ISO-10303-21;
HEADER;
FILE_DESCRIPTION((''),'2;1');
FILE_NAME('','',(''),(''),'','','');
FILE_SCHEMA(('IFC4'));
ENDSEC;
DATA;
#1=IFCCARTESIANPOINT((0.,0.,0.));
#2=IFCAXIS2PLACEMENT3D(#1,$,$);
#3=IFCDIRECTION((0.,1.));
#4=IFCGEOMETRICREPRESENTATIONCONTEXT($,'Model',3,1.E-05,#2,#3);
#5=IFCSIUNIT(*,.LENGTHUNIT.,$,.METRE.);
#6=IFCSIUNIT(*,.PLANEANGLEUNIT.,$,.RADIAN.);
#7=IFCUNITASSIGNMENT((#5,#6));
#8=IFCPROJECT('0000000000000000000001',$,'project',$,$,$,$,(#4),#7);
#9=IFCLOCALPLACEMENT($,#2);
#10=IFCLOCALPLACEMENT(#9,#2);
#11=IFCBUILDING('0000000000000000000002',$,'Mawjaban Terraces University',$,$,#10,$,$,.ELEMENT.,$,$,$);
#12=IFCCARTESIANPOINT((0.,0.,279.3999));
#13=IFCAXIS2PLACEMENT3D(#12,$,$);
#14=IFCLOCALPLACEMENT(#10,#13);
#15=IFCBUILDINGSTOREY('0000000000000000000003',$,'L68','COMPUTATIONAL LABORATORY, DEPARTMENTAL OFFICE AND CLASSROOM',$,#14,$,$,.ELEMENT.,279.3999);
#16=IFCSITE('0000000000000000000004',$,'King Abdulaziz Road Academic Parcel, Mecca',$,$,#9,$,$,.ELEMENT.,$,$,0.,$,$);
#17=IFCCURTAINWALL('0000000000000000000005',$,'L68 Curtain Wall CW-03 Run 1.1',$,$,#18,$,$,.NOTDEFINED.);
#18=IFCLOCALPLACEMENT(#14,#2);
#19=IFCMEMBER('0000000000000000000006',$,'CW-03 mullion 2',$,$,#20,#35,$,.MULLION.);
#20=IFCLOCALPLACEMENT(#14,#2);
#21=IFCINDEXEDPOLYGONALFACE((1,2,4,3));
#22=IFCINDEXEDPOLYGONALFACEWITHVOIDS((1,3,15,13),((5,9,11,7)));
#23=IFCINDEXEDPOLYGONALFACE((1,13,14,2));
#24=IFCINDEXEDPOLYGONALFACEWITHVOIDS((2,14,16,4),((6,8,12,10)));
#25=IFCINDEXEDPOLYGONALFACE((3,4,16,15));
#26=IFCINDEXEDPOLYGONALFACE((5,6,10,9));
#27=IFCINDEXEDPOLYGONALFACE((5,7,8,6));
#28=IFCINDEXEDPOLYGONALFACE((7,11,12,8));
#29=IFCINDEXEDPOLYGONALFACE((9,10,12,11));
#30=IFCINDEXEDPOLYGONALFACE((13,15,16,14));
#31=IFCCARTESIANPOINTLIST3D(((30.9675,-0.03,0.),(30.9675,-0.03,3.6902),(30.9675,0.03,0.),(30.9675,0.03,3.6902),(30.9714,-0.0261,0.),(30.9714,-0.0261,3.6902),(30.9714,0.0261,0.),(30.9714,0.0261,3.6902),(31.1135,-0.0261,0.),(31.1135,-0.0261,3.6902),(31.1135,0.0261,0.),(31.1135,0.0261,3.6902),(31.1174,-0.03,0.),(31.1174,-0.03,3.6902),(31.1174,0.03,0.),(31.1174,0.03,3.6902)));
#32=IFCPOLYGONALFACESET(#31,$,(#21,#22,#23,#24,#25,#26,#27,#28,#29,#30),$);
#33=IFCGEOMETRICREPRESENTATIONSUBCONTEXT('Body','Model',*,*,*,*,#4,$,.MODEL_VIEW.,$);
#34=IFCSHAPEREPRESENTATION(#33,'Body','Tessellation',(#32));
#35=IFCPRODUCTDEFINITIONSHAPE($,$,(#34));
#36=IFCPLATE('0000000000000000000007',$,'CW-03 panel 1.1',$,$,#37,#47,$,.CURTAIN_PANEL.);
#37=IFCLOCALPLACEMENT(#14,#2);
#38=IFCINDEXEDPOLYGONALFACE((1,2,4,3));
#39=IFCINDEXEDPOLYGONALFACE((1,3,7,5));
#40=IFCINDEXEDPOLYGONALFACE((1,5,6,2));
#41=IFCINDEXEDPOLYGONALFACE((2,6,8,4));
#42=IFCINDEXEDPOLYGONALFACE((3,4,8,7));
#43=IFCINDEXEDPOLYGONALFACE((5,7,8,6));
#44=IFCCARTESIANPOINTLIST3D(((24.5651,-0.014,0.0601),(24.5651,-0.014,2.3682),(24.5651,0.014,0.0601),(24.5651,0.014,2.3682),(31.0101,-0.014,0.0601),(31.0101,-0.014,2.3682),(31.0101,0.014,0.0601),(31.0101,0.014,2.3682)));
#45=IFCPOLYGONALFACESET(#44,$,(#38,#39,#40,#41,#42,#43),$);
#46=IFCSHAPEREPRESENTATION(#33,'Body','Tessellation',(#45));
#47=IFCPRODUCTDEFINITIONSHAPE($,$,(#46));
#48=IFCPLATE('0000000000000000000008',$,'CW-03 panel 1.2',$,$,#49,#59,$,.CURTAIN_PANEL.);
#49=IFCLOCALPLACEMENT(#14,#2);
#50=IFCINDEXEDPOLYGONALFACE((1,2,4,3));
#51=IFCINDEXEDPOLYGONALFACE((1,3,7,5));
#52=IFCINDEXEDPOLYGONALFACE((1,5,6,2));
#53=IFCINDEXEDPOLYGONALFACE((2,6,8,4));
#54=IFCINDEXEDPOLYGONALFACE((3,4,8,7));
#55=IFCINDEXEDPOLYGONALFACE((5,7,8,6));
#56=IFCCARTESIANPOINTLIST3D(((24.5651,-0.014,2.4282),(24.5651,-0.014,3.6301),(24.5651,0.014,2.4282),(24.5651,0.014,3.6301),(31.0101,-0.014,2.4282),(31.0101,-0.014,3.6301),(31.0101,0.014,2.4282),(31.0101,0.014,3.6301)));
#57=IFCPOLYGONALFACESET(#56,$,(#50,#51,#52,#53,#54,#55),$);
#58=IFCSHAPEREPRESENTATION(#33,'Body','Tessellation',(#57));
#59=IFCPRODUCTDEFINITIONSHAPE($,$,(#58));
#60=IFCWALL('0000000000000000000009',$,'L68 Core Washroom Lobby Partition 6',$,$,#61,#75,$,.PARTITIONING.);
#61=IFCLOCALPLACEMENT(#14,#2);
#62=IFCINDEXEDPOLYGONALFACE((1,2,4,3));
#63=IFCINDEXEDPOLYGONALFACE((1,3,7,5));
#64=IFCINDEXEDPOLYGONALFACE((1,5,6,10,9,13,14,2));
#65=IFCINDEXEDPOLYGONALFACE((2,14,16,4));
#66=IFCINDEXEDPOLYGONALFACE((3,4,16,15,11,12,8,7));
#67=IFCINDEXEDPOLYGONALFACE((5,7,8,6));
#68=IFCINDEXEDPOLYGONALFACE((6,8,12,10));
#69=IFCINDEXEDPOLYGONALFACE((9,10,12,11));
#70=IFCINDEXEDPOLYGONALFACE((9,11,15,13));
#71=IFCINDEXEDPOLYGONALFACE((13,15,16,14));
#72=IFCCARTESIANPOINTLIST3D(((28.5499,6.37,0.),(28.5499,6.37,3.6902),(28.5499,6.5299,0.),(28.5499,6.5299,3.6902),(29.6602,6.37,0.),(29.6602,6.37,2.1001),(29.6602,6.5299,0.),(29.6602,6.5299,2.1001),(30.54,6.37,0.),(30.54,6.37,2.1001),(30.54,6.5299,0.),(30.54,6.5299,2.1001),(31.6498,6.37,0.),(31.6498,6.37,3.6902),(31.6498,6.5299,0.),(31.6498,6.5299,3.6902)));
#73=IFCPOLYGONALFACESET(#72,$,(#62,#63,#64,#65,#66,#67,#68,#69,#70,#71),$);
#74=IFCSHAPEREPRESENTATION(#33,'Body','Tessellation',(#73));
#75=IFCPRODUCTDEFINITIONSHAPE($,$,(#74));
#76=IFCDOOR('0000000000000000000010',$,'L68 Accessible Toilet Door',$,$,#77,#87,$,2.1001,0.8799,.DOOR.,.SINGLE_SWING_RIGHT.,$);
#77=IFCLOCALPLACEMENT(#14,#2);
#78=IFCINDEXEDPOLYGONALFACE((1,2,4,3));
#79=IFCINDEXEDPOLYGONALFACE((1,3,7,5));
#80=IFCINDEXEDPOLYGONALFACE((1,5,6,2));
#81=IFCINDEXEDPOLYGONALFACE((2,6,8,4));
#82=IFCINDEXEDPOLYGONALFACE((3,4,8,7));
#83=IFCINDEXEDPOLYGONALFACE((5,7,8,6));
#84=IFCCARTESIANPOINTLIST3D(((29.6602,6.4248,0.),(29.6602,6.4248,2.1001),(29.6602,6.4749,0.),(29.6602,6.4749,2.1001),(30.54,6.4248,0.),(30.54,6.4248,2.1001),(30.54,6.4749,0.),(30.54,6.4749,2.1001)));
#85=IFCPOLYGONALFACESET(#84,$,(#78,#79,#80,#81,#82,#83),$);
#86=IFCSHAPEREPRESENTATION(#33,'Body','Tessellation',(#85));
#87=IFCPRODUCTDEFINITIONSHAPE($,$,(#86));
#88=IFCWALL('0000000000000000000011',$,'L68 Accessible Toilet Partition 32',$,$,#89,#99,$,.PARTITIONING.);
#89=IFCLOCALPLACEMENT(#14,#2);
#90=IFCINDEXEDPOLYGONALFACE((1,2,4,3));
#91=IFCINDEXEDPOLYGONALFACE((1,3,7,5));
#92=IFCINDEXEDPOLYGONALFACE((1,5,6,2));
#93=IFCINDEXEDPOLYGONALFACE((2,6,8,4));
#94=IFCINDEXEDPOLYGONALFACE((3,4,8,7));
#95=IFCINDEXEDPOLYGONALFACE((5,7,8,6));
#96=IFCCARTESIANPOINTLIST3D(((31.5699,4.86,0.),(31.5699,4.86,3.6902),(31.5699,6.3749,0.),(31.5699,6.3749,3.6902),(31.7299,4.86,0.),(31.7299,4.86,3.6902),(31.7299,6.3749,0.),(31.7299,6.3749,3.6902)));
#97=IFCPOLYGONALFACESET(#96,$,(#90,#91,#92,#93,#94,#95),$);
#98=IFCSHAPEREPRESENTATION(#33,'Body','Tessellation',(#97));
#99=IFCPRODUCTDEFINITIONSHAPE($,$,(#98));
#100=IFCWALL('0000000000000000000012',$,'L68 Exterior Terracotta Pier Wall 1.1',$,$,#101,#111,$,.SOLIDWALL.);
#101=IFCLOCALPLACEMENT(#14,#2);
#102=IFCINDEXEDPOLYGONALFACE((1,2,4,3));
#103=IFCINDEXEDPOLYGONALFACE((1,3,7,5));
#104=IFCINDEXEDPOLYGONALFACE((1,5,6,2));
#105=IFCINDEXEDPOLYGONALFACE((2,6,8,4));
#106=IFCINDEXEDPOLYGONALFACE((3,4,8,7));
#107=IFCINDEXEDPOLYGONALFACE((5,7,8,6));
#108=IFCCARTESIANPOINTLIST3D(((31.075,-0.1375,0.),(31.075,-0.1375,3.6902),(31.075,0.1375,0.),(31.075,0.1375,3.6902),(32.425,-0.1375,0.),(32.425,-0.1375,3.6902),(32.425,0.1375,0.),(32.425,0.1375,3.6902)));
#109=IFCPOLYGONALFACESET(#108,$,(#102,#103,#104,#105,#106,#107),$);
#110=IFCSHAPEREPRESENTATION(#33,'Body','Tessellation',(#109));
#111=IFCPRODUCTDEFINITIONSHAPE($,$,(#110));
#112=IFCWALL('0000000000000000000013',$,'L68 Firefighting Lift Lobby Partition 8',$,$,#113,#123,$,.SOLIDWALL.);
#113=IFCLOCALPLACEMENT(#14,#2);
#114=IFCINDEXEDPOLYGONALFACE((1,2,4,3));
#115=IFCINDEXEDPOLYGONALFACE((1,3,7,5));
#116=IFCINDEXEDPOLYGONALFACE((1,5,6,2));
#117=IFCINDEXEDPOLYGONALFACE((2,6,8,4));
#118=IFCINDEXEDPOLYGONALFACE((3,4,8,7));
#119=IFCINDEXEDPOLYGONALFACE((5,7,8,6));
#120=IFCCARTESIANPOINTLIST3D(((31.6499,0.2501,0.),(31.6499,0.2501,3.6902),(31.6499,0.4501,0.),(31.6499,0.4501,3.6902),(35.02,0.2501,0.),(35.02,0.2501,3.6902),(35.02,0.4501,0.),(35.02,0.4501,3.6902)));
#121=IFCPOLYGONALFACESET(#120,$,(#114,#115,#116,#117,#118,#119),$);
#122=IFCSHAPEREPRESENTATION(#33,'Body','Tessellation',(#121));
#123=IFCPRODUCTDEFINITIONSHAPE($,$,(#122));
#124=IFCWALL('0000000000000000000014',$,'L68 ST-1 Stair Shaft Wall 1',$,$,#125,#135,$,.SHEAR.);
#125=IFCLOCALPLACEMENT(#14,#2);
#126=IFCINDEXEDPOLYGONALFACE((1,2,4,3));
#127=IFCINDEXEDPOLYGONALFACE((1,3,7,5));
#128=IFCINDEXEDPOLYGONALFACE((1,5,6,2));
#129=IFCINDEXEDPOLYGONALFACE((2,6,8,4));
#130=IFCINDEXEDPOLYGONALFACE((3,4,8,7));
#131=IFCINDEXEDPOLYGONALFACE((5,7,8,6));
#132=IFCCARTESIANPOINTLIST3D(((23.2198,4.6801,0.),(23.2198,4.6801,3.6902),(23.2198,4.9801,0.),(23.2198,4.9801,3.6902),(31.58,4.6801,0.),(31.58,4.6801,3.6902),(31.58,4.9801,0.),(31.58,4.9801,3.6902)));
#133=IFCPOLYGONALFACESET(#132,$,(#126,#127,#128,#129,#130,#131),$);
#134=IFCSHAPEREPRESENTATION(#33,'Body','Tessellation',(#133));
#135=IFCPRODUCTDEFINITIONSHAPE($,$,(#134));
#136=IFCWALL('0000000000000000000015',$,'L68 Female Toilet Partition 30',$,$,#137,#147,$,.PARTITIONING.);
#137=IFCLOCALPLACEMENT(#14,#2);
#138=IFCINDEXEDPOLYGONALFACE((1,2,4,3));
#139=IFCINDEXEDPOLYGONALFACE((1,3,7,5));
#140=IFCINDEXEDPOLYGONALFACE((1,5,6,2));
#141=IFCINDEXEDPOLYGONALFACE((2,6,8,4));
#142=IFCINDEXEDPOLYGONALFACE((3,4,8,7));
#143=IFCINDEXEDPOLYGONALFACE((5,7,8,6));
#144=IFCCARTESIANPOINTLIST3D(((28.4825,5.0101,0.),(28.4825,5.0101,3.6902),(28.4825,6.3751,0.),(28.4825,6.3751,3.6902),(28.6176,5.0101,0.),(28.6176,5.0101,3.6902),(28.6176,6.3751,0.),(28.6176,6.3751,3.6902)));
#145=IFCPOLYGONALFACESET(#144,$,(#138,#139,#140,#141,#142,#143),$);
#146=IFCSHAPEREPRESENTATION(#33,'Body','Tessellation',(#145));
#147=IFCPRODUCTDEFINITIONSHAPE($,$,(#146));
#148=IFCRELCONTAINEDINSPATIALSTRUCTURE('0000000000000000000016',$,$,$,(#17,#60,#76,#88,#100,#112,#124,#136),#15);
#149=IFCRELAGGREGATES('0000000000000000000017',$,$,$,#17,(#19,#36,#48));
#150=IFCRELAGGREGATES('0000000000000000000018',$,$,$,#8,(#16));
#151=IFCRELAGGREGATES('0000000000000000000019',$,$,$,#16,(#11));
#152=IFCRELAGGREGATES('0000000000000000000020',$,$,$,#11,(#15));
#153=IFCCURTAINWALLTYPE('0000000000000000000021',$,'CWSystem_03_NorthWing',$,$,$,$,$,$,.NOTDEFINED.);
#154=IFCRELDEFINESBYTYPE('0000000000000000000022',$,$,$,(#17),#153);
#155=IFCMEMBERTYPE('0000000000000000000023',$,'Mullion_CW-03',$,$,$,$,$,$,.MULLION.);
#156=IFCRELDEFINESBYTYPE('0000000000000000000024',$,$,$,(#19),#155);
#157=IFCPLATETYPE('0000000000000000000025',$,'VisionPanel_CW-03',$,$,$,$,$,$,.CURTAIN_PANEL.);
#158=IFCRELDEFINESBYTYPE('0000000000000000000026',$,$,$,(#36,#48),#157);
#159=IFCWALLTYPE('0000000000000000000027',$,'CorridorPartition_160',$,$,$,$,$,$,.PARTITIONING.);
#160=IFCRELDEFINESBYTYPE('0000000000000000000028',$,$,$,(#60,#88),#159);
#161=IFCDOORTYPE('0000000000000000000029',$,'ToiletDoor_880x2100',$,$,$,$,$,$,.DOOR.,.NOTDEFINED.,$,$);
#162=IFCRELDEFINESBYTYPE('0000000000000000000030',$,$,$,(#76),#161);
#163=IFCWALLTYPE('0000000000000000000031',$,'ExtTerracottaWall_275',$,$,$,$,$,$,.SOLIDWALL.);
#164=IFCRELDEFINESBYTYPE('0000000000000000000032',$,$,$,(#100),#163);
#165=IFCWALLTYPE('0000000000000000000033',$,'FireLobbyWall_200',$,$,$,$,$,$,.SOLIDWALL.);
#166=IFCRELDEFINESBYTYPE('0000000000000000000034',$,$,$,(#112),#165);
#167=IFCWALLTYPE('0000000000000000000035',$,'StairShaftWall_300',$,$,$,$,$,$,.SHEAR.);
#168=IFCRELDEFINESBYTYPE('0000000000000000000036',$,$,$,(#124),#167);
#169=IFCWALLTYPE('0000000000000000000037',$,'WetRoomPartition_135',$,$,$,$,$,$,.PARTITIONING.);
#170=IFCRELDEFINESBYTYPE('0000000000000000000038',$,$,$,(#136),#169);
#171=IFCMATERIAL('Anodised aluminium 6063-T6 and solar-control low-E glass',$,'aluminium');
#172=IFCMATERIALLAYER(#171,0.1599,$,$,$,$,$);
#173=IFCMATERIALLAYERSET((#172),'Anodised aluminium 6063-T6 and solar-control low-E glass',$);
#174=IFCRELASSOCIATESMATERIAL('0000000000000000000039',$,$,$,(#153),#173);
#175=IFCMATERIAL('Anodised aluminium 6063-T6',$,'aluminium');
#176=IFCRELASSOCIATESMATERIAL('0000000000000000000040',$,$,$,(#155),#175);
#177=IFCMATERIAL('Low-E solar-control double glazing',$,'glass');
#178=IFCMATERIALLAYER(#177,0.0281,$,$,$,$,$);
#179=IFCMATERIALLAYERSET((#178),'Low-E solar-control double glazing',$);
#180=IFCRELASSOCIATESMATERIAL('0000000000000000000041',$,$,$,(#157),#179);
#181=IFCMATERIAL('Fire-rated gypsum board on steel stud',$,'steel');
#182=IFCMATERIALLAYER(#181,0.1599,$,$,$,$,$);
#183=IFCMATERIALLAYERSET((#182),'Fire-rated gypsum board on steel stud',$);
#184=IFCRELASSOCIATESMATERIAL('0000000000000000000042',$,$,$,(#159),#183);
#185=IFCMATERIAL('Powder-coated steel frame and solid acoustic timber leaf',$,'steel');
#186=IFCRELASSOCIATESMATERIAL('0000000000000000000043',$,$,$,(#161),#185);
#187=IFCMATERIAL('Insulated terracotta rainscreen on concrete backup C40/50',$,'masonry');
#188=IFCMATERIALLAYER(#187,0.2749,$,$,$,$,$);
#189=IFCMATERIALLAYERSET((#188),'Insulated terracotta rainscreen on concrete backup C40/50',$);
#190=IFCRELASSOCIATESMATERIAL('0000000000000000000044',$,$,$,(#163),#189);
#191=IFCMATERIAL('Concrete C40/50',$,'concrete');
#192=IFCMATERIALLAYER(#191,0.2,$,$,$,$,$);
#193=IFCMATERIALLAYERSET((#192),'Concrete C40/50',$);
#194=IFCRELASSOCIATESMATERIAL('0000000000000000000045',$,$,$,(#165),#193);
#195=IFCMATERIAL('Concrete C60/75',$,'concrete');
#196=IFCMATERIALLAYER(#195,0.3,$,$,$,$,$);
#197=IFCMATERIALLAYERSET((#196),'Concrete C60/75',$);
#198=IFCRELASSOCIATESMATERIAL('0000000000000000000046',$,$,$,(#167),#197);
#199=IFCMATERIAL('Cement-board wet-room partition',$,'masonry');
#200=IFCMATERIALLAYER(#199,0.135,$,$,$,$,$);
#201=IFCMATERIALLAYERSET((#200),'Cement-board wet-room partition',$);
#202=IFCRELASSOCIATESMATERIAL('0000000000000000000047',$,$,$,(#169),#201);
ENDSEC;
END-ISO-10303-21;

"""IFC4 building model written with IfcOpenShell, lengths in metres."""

from ifc_helpers import new_model, si_unit, direction, frame, frame_2d, origin, origin_2d, place, context, subcontext, project, spatial, rectangle, hollow_rectangle, extrude, material, layer, layer_set, material_profile, profile_set, type_object, element, fill, aggregate, save


model = new_model("IFC4")

# Units and contexts
model_context = context("Model", 3, precision=1e-05, world=origin(), true_north=direction((0.0, 1.0)))
body_context = subcontext(model_context, "Body", "Model", "MODEL_VIEW")
ifc_project = project(units=[si_unit("LENGTHUNIT", "METRE"), si_unit("PLANEANGLEUNIT", "RADIAN")], contexts=[model_context])

# Site, building, storey
site_placement = place(None, origin())
site = spatial("IfcSite", under=ifc_project, at=site_placement, Name="King Abdulaziz Road Academic Parcel, Mecca", CompositionType="ELEMENT", RefElevation=0.0)
building_placement = place(site_placement, origin())
building = spatial("IfcBuilding", under=site, at=building_placement, Name="Mawjaban Terraces University", CompositionType="ELEMENT")
storey_placement = place(building_placement, frame((0.0, 0.0, 279.3999)))
storey = spatial("IfcBuildingStorey", under=building, at=storey_placement, Name="L68", Description="COMPUTATIONAL LABORATORY, DEPARTMENTAL OFFICE AND CLASSROOM", CompositionType="ELEMENT", Elevation=279.3999)

# Curtain wall, member, plates
ifc_material_1 = material(Name="Anodised aluminium 6063-T6 and solar-control low-E glass", Category="aluminium")
ifc_layer_1 = layer(ifc_material_1, 0.1599)
ifc_layer_set_1 = layer_set([ifc_layer_1], Name="Anodised aluminium 6063-T6 and solar-control low-E glass")
curtain_wall_type = type_object("IfcCurtainWallType", Name="CWSystem_03_NorthWing", PredefinedType="NOTDEFINED", material=ifc_layer_set_1)
curtain_wall_placement = place(storey_placement, origin())
curtain_wall = element("IfcCurtainWall", 1, at=curtain_wall_placement, inside=storey, type_object=curtain_wall_type, Name="L68 Curtain Wall CW-03 Run 1.1", PredefinedType="NOTDEFINED")
ifc_material_2 = material(Name="Anodised aluminium 6063-T6", Category="aluminium")
ifc_material_profile = material_profile(ifc_material_2, hollow_rectangle(XDim=0.0601, YDim=0.1499, WallThickness=0.0039, at=origin_2d()), Name="ALU150X60X4")
ifc_profile_set = profile_set([ifc_material_profile], Name="Anodised aluminium 6063-T6")
member_type = type_object("IfcMemberType", Name="Mullion_CW-03", PredefinedType="MULLION", material=ifc_profile_set)
member_placement = place(storey_placement, frame((31.0425, 0.0, 0.0), z_axis=(0.0, 0.0, 1.0), x_axis=(0.0, 1.0, 0.0)))
member = element("IfcMember", 2, at=member_placement, type_object=member_type, Name="CW-03 mullion 2", PredefinedType="MULLION", context=body_context, shape_type="SweptSolid", body=[
    extrude(hollow_rectangle(XDim=0.0601, YDim=0.1499, WallThickness=0.0039, at=origin_2d()), origin(), (0.0, 0.0, 1.0), 3.6902),
])
ifc_material_3 = material(Name="Low-E solar-control double glazing", Category="glass")
ifc_layer_2 = layer(ifc_material_3, 0.0281)
ifc_layer_set_2 = layer_set([ifc_layer_2], Name="Low-E solar-control double glazing")
plate_type = type_object("IfcPlateType", Name="VisionPanel_CW-03", PredefinedType="CURTAIN_PANEL", material=ifc_layer_set_2)
plate_1_placement = place(storey_placement, frame((27.7876, 0.0, 0.0601), z_axis=(0.0, 0.0, 1.0), x_axis=(1.0, 0.0, 0.0)))
plate_1 = element("IfcPlate", 3, at=plate_1_placement, type_object=plate_type, Name="CW-03 panel 1.1", PredefinedType="CURTAIN_PANEL", context=body_context, shape_type="SweptSolid", body=[
    extrude(rectangle(XDim=6.4451, YDim=0.0281, at=origin_2d()), origin(), (0.0, 0.0, 1.0), 2.3081),
])
plate_2_placement = place(storey_placement, frame((27.7876, 0.0, 2.4282), z_axis=(0.0, 0.0, 1.0), x_axis=(1.0, 0.0, 0.0)))
plate_2 = element("IfcPlate", 4, at=plate_2_placement, type_object=plate_type, Name="CW-03 panel 1.2", PredefinedType="CURTAIN_PANEL", context=body_context, shape_type="SweptSolid", body=[
    extrude(rectangle(XDim=6.4451, YDim=0.0281, at=origin_2d()), origin(), (0.0, 0.0, 1.0), 1.2019),
])
aggregate(curtain_wall, [member, plate_1, plate_2])

# Wall, opening, door
ifc_material_4 = material(Name="Fire-rated gypsum board on steel stud", Category="steel")
ifc_layer_3 = layer(ifc_material_4, 0.1599)
ifc_layer_set_3 = layer_set([ifc_layer_3], Name="Fire-rated gypsum board on steel stud")
wall_type_1 = type_object("IfcWallType", Name="CorridorPartition_160", PredefinedType="PARTITIONING", material=ifc_layer_set_3)
wall_1_placement = place(storey_placement, frame((28.55, 6.45, 0.0), z_axis=(0.0, 0.0, 1.0), x_axis=(1.0, 0.0, 0.0)))
wall_1 = element("IfcWall", 5, at=wall_1_placement, inside=storey, type_object=wall_type_1, Name="L68 Core Washroom Lobby Partition 6", PredefinedType="PARTITIONING", context=body_context, shape_type="SweptSolid", body=[
    extrude(rectangle(XDim=3.0999, YDim=0.1599, at=frame_2d((1.5498, 0.0))), origin(), (0.0, 0.0, 1.0), 3.6902),
])
opening_placement = place(wall_1_placement, frame((1.1101, 0.0, 0.0)))
opening = element("IfcOpeningElement", 6, at=opening_placement, cuts=wall_1, PredefinedType="OPENING", context=body_context, shape_type="SweptSolid", body=[
    extrude(rectangle(XDim=0.8799, YDim=2.1001, at=frame_2d((0.4399, 1.05))), frame((0.0, 0.0898, 0.0), z_axis=(0.0, -1.0, 0.0), x_axis=(1.0, 0.0, 0.0)), (0.0, 0.0, 1.0), 0.1799),
])
ifc_material_5 = material(Name="Powder-coated steel frame and solid acoustic timber leaf", Category="steel")
door_type = type_object("IfcDoorType", Name="ToiletDoor_880x2100", OperationType="NOTDEFINED", PredefinedType="DOOR", material=ifc_material_5)
door_placement = place(opening_placement, origin())
door = element("IfcDoor", 7, at=door_placement, inside=storey, type_object=door_type, Name="L68 Accessible Toilet Door", OperationType="SINGLE_SWING_RIGHT", OverallHeight=2.1001, OverallWidth=0.8799, PredefinedType="DOOR", context=body_context, shape_type="SweptSolid", body=[
    extrude(rectangle(XDim=0.8799, YDim=2.1001, at=frame_2d((0.4399, 1.05))), frame((0.0, 0.0249, 0.0), z_axis=(0.0, -1.0, 0.0), x_axis=(1.0, 0.0, 0.0)), (0.0, 0.0, 1.0), 0.05),
])
fill(opening, door)

# Walls
wall_2_placement = place(storey_placement, frame((31.6499, 4.8601, 0.0), z_axis=(0.0, 0.0, 1.0), x_axis=(0.0, 1.0, 0.0)))
element("IfcWall", 8, at=wall_2_placement, inside=storey, type_object=wall_type_1, Name="L68 Accessible Toilet Partition 32", PredefinedType="PARTITIONING", context=body_context, shape_type="SweptSolid", body=[
    extrude(rectangle(XDim=1.5149, YDim=0.1599, at=frame_2d((0.7573, 0.0))), origin(), (0.0, 0.0, 1.0), 3.6902),
])
ifc_material_6 = material(Name="Insulated terracotta rainscreen on concrete backup C40/50", Category="masonry")
ifc_layer_4 = layer(ifc_material_6, 0.2749)
ifc_layer_set_4 = layer_set([ifc_layer_4], Name="Insulated terracotta rainscreen on concrete backup C40/50")
wall_type_2 = type_object("IfcWallType", Name="ExtTerracottaWall_275", PredefinedType="SOLIDWALL", material=ifc_layer_set_4)
wall_3_placement = place(storey_placement, frame((31.075, 0.0, 0.0), z_axis=(0.0, 0.0, 1.0), x_axis=(1.0, 0.0, 0.0)))
element("IfcWall", 9, at=wall_3_placement, inside=storey, type_object=wall_type_2, Name="L68 Exterior Terracotta Pier Wall 1.1", PredefinedType="SOLIDWALL", context=body_context, shape_type="SweptSolid", body=[
    extrude(rectangle(XDim=1.3501, YDim=0.2749, at=frame_2d((0.675, 0.0))), origin(), (0.0, 0.0, 1.0), 3.6902),
])
ifc_material_7 = material(Name="Concrete C40/50", Category="concrete")
ifc_layer_5 = layer(ifc_material_7, 0.2)
ifc_layer_set_5 = layer_set([ifc_layer_5], Name="Concrete C40/50")
wall_type_3 = type_object("IfcWallType", Name="FireLobbyWall_200", PredefinedType="SOLIDWALL", material=ifc_layer_set_5)
wall_4_placement = place(storey_placement, frame((31.6499, 0.3501, 0.0), z_axis=(0.0, 0.0, 1.0), x_axis=(1.0, 0.0, 0.0)))
element("IfcWall", 10, at=wall_4_placement, inside=storey, type_object=wall_type_3, Name="L68 Firefighting Lift Lobby Partition 8", PredefinedType="SOLIDWALL", context=body_context, shape_type="SweptSolid", body=[
    extrude(rectangle(XDim=3.3701, YDim=0.2, at=frame_2d((1.6851, 0.0))), origin(), (0.0, 0.0, 1.0), 3.6902),
])
ifc_material_8 = material(Name="Concrete C60/75", Category="concrete")
ifc_layer_6 = layer(ifc_material_8, 0.3)
ifc_layer_set_6 = layer_set([ifc_layer_6], Name="Concrete C60/75")
wall_type_4 = type_object("IfcWallType", Name="StairShaftWall_300", PredefinedType="SHEAR", material=ifc_layer_set_6)
wall_5_placement = place(storey_placement, frame((31.5801, 4.8301, 0.0), z_axis=(0.0, 0.0, 1.0), x_axis=(-1.0, 0.0, 0.0)))
element("IfcWall", 11, at=wall_5_placement, inside=storey, type_object=wall_type_4, Name="L68 ST-1 Stair Shaft Wall 1", PredefinedType="SHEAR", context=body_context, shape_type="SweptSolid", body=[
    extrude(rectangle(XDim=8.3601, YDim=0.3, at=frame_2d((4.1802, 0.0))), origin(), (0.0, 0.0, 1.0), 3.6902),
])
ifc_material_9 = material(Name="Cement-board wet-room partition", Category="masonry")
ifc_layer_7 = layer(ifc_material_9, 0.135)
ifc_layer_set_7 = layer_set([ifc_layer_7], Name="Cement-board wet-room partition")
wall_type_5 = type_object("IfcWallType", Name="WetRoomPartition_135", PredefinedType="PARTITIONING", material=ifc_layer_set_7)
wall_6_placement = place(storey_placement, frame((28.55, 5.01, 0.0), z_axis=(0.0, 0.0, 1.0), x_axis=(0.0, 1.0, 0.0)))
element("IfcWall", 12, at=wall_6_placement, inside=storey, type_object=wall_type_5, Name="L68 Female Toilet Partition 30", PredefinedType="PARTITIONING", context=body_context, shape_type="SweptSolid", body=[
    extrude(rectangle(XDim=1.365, YDim=0.135, at=frame_2d((0.6826, 0.0))), origin(), (0.0, 0.0, 1.0), 3.6902),
])

save(model, "model.ifc")
